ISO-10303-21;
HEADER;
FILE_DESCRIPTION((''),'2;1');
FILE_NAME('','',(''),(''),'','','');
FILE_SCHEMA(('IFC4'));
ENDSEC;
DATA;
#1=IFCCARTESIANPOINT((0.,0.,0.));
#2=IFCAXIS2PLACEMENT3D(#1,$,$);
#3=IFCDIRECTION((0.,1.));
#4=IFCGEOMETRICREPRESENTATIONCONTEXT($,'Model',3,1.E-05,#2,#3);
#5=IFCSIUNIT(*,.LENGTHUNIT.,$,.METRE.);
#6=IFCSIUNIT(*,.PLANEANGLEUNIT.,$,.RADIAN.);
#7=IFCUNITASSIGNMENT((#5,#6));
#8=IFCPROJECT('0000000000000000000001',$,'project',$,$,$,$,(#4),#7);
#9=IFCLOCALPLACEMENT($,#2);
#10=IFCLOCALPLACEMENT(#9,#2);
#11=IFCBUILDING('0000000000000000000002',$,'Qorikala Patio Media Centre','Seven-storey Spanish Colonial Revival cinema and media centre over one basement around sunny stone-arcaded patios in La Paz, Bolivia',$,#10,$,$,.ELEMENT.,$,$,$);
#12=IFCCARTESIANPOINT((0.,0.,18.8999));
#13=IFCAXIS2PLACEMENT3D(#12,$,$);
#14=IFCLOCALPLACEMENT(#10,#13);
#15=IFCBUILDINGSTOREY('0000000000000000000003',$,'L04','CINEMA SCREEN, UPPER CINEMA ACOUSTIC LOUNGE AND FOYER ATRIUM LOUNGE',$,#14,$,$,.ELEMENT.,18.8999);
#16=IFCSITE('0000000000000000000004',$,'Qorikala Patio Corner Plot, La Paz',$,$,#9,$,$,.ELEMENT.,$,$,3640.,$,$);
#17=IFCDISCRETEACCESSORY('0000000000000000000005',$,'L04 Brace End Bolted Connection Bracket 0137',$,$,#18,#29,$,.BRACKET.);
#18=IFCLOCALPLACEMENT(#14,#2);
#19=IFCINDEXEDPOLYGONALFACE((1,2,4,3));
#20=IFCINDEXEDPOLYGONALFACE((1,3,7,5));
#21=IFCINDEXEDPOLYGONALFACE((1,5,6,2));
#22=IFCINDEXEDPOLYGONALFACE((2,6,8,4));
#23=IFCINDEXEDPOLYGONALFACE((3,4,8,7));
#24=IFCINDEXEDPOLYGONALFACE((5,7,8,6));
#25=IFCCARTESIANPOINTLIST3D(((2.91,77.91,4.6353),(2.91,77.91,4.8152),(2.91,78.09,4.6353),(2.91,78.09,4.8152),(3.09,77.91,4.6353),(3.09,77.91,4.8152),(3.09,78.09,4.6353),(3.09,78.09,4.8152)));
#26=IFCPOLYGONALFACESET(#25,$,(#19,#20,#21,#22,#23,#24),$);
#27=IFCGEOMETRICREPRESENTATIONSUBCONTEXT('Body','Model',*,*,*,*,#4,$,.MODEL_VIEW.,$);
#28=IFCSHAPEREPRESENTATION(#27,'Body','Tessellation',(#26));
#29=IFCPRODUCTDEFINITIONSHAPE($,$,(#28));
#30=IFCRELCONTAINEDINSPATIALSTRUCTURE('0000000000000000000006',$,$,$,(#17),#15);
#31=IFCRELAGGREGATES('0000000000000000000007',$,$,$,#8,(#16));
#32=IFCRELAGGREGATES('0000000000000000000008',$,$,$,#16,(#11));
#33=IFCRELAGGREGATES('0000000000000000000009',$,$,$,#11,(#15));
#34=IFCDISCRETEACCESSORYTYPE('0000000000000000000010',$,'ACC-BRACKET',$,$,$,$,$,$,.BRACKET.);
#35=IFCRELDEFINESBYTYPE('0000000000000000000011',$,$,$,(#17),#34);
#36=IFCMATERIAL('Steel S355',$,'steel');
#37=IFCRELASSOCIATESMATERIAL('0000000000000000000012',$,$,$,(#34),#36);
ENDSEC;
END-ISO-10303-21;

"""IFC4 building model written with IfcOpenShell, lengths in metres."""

from ifc_helpers import new_model, si_unit, direction, frame, origin, origin_2d, place, context, subcontext, project, spatial, rectangle, extrude, material, type_object, element, save


model = new_model("IFC4")

# Units and contexts
model_context = context("Model", 3, precision=1e-05, world=origin(), true_north=direction((0.0, 1.0)))
body_context = subcontext(model_context, "Body", "Model", "MODEL_VIEW")
ifc_project = project(units=[si_unit("LENGTHUNIT", "METRE"), si_unit("PLANEANGLEUNIT", "RADIAN")], contexts=[model_context])

# Site, building, storey
site_placement = place(None, origin())
site = spatial("IfcSite", under=ifc_project, at=site_placement, Name="Qorikala Patio Corner Plot, La Paz", CompositionType="ELEMENT", RefElevation=3640.0)
building_placement = place(site_placement, origin())
building = spatial("IfcBuilding", under=site, at=building_placement, Name="Qorikala Patio Media Centre", Description="Seven-storey Spanish Colonial Revival cinema and media centre over one basement around sunny stone-arcaded patios in La Paz, Bolivia", CompositionType="ELEMENT")
storey_placement = place(building_placement, frame((0.0, 0.0, 18.8999)))
storey = spatial("IfcBuildingStorey", under=building, at=storey_placement, Name="L04", Description="CINEMA SCREEN, UPPER CINEMA ACOUSTIC LOUNGE AND FOYER ATRIUM LOUNGE", CompositionType="ELEMENT", Elevation=18.8999)

# Shared definitions
ifc_material_1 = material(Name="Steel S355", Category="steel")

# Discrete accessory
discrete_accessory_type = type_object("IfcDiscreteAccessoryType", Name="ACC-BRACKET", PredefinedType="BRACKET", material=ifc_material_1)
for number, where, z_axis, x_axis, name in (
    (1, (3.0, 78.0, 4.6353), (0.0, 0.0, 1.0), (1.0, 0.0, 0.0), "L04 Brace End Bolted Connection Bracket 0137"),
):
    element("IfcDiscreteAccessory", number, at=place(storey_placement, frame(where, z_axis=z_axis, x_axis=x_axis)), inside=storey, type_object=discrete_accessory_type, Name=name, PredefinedType="BRACKET", context=body_context, shape_type="SweptSolid", body=[
        extrude(rectangle(XDim=0.1799, YDim=0.1799, at=origin_2d()), origin(), (0.0, 0.0, 1.0), 0.1799),
    ])

save(model, "model.ifc")
